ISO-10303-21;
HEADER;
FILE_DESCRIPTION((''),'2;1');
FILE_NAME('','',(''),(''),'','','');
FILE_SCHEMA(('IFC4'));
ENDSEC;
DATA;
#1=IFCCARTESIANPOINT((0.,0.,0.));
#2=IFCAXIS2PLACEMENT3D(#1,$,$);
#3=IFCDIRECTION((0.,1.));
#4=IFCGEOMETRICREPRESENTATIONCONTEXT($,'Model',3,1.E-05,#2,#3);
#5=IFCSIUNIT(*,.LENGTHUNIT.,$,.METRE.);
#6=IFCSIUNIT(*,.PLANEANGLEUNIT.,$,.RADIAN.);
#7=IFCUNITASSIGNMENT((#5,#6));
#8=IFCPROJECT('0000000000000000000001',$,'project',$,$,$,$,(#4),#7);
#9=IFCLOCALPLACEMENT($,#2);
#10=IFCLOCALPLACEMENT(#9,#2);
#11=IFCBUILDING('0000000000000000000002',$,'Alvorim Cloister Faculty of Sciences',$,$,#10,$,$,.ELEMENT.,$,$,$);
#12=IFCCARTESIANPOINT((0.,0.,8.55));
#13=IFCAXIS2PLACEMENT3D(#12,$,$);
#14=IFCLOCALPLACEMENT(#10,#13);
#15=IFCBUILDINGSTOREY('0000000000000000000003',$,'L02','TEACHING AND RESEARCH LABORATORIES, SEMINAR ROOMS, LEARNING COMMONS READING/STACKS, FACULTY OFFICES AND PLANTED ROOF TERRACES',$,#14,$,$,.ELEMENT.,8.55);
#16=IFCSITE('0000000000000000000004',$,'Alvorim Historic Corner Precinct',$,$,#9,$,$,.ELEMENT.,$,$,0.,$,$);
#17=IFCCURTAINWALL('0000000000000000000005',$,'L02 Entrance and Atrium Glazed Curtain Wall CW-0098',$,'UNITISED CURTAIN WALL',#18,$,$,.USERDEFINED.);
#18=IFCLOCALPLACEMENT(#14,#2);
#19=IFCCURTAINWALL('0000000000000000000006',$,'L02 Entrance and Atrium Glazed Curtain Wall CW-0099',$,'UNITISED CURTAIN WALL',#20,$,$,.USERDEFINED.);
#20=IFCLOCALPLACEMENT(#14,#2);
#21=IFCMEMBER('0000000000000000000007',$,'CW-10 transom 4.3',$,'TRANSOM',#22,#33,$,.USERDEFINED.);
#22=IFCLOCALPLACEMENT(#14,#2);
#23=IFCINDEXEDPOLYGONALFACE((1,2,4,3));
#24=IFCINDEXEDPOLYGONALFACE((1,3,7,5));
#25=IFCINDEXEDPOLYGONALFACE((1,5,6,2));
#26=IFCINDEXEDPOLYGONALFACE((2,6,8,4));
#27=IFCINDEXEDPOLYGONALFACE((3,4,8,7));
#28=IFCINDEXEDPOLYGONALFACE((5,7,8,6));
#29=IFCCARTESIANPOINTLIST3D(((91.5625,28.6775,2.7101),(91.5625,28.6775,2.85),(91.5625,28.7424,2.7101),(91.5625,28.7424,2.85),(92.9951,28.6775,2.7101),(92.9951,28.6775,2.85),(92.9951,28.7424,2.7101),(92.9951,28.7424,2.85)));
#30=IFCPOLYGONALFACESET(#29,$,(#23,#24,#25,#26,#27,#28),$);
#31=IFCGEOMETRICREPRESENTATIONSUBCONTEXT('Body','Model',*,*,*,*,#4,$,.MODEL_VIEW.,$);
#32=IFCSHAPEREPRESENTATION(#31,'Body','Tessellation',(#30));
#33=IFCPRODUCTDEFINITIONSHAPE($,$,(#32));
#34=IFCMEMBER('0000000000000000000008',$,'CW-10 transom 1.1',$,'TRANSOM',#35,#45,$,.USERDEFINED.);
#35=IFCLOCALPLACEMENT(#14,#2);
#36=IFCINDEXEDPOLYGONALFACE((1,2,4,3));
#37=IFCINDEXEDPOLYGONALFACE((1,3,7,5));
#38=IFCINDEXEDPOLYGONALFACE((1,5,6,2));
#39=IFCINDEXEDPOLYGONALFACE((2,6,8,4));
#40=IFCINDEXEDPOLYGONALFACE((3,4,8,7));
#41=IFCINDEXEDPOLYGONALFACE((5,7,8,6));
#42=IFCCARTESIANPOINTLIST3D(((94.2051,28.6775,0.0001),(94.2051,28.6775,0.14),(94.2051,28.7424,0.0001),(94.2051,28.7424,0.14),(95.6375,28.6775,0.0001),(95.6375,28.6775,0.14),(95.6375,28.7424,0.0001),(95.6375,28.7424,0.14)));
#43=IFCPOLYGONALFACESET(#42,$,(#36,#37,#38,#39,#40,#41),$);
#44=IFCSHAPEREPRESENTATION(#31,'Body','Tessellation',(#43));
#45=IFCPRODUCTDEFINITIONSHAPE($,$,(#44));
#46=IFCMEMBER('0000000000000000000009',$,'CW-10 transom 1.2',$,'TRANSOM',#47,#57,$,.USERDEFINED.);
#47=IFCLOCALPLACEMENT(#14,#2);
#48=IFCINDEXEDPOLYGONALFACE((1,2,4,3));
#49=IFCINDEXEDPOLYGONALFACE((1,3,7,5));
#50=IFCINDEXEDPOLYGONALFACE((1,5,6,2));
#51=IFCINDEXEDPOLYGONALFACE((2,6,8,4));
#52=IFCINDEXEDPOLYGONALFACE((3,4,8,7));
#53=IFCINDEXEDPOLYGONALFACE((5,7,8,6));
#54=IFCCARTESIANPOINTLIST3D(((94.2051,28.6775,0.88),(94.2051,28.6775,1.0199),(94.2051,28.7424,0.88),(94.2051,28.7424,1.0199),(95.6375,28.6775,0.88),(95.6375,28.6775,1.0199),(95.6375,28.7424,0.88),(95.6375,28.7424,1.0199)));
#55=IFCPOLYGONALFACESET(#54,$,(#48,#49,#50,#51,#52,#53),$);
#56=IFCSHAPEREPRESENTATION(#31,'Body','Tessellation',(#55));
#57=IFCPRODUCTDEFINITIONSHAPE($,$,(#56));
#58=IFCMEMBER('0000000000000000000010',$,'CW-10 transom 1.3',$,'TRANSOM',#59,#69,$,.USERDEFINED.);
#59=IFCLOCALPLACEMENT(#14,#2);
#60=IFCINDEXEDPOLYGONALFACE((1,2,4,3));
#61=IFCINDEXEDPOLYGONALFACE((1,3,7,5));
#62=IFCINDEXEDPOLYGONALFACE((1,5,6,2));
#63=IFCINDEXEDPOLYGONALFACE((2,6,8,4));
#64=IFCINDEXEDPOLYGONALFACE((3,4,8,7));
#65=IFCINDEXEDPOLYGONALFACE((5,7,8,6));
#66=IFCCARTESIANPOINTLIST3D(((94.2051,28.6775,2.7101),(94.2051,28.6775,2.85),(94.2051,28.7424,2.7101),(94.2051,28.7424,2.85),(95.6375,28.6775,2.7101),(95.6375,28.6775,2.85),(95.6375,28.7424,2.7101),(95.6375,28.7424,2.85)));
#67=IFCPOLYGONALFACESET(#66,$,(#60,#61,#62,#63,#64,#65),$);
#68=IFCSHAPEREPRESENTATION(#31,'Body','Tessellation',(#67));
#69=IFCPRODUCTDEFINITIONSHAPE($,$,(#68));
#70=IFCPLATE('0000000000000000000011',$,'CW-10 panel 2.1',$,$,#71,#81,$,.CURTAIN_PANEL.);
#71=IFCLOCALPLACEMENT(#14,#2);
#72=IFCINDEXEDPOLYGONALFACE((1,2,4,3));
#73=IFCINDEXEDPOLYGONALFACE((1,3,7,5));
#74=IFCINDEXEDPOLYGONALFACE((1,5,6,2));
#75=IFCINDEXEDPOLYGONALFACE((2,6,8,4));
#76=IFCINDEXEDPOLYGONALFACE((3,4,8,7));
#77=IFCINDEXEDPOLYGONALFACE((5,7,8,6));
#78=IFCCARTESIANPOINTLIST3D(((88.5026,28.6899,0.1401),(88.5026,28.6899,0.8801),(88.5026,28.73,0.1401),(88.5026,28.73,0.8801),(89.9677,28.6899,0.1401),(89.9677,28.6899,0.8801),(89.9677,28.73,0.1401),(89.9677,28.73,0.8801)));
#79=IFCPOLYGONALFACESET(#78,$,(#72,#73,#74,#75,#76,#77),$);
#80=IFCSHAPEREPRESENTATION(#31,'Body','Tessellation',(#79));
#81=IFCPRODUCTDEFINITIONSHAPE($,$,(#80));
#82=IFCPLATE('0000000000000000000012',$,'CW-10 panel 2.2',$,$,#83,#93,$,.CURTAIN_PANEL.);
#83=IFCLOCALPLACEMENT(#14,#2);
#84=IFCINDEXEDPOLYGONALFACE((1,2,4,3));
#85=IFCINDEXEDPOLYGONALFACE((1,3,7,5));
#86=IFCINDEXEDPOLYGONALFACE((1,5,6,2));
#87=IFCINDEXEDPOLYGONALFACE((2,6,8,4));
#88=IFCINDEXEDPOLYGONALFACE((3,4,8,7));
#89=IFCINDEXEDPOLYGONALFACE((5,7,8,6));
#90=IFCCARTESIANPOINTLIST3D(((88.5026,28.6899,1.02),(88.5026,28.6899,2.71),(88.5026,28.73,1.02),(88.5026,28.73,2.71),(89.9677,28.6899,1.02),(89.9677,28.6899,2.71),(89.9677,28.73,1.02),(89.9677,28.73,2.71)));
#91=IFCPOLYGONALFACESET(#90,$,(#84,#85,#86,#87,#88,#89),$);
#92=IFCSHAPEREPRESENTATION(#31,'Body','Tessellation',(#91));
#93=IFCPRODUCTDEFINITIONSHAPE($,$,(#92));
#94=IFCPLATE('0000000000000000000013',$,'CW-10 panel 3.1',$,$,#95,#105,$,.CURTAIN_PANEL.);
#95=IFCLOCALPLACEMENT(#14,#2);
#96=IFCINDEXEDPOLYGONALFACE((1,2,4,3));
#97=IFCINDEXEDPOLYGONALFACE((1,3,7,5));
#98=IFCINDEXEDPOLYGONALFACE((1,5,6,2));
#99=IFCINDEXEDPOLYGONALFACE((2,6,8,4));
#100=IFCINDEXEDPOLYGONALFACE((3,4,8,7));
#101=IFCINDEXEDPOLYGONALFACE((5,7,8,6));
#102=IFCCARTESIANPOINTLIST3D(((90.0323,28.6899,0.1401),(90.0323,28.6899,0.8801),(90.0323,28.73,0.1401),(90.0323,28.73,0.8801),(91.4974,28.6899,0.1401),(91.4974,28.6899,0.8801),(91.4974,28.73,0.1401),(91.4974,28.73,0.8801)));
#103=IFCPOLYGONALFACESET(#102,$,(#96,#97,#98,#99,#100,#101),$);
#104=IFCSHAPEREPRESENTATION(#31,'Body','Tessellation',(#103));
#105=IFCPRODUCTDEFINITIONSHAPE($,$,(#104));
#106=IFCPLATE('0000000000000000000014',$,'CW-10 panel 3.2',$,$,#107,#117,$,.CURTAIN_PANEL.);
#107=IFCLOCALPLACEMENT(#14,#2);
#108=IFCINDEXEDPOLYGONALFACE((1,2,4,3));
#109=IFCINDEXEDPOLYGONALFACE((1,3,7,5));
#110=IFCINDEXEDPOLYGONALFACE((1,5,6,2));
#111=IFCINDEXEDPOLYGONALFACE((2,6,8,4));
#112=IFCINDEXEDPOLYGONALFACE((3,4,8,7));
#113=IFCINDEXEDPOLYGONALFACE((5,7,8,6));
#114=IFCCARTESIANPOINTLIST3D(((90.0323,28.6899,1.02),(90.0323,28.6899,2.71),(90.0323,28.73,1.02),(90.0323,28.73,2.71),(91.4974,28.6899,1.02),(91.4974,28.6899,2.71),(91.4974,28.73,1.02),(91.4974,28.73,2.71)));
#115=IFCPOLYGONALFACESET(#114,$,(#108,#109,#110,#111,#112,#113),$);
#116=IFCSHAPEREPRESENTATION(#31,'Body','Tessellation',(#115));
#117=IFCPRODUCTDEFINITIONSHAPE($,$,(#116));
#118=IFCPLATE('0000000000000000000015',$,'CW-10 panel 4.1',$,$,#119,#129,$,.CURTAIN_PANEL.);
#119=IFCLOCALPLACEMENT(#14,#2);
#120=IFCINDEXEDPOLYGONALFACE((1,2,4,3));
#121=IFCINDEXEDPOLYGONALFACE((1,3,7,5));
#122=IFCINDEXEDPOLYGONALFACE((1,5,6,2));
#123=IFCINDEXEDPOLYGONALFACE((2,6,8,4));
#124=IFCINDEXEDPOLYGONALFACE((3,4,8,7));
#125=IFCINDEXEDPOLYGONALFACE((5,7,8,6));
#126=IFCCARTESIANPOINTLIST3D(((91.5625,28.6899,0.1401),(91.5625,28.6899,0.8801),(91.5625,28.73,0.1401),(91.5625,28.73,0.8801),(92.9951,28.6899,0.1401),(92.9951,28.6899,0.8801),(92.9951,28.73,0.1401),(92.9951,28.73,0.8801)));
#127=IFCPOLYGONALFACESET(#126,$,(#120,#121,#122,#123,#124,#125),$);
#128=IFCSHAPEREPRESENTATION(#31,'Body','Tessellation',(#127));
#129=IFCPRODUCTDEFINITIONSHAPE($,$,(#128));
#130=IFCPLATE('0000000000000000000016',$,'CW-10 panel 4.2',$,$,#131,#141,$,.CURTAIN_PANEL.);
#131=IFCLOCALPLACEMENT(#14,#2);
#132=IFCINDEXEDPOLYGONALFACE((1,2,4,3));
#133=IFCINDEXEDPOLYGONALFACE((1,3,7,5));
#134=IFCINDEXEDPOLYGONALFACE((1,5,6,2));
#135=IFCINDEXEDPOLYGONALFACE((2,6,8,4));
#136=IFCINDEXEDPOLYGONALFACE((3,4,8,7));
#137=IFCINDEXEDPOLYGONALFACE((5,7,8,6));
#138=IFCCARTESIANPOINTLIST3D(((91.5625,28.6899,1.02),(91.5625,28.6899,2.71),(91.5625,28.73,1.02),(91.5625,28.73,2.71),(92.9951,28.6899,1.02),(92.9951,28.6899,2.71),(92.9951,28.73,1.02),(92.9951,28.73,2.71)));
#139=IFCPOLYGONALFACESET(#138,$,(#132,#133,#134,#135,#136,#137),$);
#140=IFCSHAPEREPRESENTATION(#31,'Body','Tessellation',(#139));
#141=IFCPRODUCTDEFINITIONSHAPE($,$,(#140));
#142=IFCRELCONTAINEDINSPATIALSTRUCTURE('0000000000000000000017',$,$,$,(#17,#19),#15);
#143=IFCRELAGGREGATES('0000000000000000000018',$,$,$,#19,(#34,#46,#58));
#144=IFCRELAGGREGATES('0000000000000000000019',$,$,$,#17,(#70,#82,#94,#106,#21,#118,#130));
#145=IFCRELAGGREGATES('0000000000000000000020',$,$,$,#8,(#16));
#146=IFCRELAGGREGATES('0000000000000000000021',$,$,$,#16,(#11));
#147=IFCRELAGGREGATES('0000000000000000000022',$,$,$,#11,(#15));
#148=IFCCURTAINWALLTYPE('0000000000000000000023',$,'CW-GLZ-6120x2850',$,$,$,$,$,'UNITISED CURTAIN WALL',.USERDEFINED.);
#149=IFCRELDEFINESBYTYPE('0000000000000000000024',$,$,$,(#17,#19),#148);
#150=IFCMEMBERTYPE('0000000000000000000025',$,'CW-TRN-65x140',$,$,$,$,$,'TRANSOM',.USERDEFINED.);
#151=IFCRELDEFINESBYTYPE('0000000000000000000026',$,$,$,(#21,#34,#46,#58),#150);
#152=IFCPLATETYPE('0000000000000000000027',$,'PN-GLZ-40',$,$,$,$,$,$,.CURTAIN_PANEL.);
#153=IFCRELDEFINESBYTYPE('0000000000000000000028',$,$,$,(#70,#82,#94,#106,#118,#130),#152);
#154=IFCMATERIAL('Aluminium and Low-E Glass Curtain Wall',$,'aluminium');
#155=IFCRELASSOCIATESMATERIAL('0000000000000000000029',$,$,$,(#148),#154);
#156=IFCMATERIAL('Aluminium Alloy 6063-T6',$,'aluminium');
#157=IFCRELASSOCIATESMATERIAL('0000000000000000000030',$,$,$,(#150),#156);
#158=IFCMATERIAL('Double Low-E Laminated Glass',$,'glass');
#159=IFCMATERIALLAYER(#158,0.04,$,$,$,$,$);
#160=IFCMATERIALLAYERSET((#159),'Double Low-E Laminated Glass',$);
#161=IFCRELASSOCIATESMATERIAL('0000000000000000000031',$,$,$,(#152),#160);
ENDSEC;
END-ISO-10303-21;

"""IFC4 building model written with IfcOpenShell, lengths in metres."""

from ifc_helpers import new_model, si_unit, direction, frame, origin, origin_2d, place, context, subcontext, project, spatial, rectangle, extrude, material, layer, layer_set, material_profile, profile_set, type_object, element, aggregate, save


model = new_model("IFC4")

# Units and contexts
model_context = context("Model", 3, precision=1e-05, world=origin(), true_north=direction((0.0, 1.0)))
body_context = subcontext(model_context, "Body", "Model", "MODEL_VIEW")
ifc_project = project(units=[si_unit("LENGTHUNIT", "METRE"), si_unit("PLANEANGLEUNIT", "RADIAN")], contexts=[model_context])

# Site, building, storey
site_placement = place(None, origin())
site = spatial("IfcSite", under=ifc_project, at=site_placement, Name="Alvorim Historic Corner Precinct", CompositionType="ELEMENT", RefElevation=0.0)
building_placement = place(site_placement, origin())
building = spatial("IfcBuilding", under=site, at=building_placement, Name="Alvorim Cloister Faculty of Sciences", CompositionType="ELEMENT")
storey_placement = place(building_placement, frame((0.0, 0.0, 8.55)))
storey = spatial("IfcBuildingStorey", under=building, at=storey_placement, Name="L02", Description="TEACHING AND RESEARCH LABORATORIES, SEMINAR ROOMS, LEARNING COMMONS READING/STACKS, FACULTY OFFICES AND PLANTED ROOF TERRACES", CompositionType="ELEMENT", Elevation=8.55)

# Curtain wall
ifc_material_1 = material(Name="Aluminium and Low-E Glass Curtain Wall", Category="aluminium")
curtain_wall_type = type_object("IfcCurtainWallType", Name="CW-GLZ-6120x2850", ElementType="UNITISED CURTAIN WALL", PredefinedType="USERDEFINED", material=ifc_material_1)
curtain_wall_1_placement = place(storey_placement, origin())
curtain_wall_1 = element("IfcCurtainWall", 1, at=curtain_wall_1_placement, inside=storey, type_object=curtain_wall_type, Name="L02 Entrance and Atrium Glazed Curtain Wall CW-0098", ObjectType="UNITISED CURTAIN WALL", PredefinedType="USERDEFINED")
ifc_material_2 = material(Name="Aluminium Alloy 6063-T6", Category="aluminium")

# Curtain wall
curtain_wall_2_placement = place(storey_placement, origin())
curtain_wall_2 = element("IfcCurtainWall", 2, at=curtain_wall_2_placement, inside=storey, type_object=curtain_wall_type, Name="L02 Entrance and Atrium Glazed Curtain Wall CW-0099", ObjectType="UNITISED CURTAIN WALL", PredefinedType="USERDEFINED")

# Members
ifc_material_profile_1 = material_profile(ifc_material_2, rectangle(XDim=0.0649, YDim=0.1399, at=origin_2d()), Name="ALU-TRN-65x140")
ifc_profile_set_1 = profile_set([ifc_material_profile_1], Name="Aluminium Alloy 6063-T6")
member_type_1 = type_object("IfcMemberType", Name="CW-TRN-65x140", ElementType="TRANSOM", PredefinedType="USERDEFINED", material=ifc_profile_set_1)
member_1_placement = place(storey_placement, frame((91.5625, 28.71, 2.78), z_axis=(1.0, 0.0, 0.0), x_axis=(0.0, 1.0, 0.0)))
member_1 = element("IfcMember", 3, at=member_1_placement, type_object=member_type_1, Name="CW-10 transom 4.3", ObjectType="TRANSOM", PredefinedType="USERDEFINED", context=body_context, shape_type="SweptSolid", body=[
    extrude(rectangle(XDim=0.0649, YDim=0.1399, at=origin_2d()), origin(), (0.0, 0.0, 1.0), 1.4326),
])
member_2_placement = place(storey_placement, frame((94.2051, 28.71, 0.0701), z_axis=(1.0, 0.0, 0.0), x_axis=(0.0, 1.0, 0.0)))
member_2 = element("IfcMember", 4, at=member_2_placement, type_object=member_type_1, Name="CW-10 transom 1.1", ObjectType="TRANSOM", PredefinedType="USERDEFINED", context=body_context, shape_type="SweptSolid", body=[
    extrude(rectangle(XDim=0.0649, YDim=0.1399, at=origin_2d()), origin(), (0.0, 0.0, 1.0), 1.4324),
])
member_3_placement = place(storey_placement, frame((94.2051, 28.71, 0.95), z_axis=(1.0, 0.0, 0.0), x_axis=(0.0, 1.0, 0.0)))
member_3 = element("IfcMember", 5, at=member_3_placement, type_object=member_type_1, Name="CW-10 transom 1.2", ObjectType="TRANSOM", PredefinedType="USERDEFINED", context=body_context, shape_type="SweptSolid", body=[
    extrude(rectangle(XDim=0.0649, YDim=0.1399, at=origin_2d()), origin(), (0.0, 0.0, 1.0), 1.4324),
])
member_4_placement = place(storey_placement, frame((94.2051, 28.71, 2.78), z_axis=(1.0, 0.0, 0.0), x_axis=(0.0, 1.0, 0.0)))
member_4 = element("IfcMember", 6, at=member_4_placement, type_object=member_type_1, Name="CW-10 transom 1.3", ObjectType="TRANSOM", PredefinedType="USERDEFINED", context=body_context, shape_type="SweptSolid", body=[
    extrude(rectangle(XDim=0.0649, YDim=0.1399, at=origin_2d()), origin(), (0.0, 0.0, 1.0), 1.4324),
])
aggregate(curtain_wall_2, [member_2, member_3, member_4])

# Plates
ifc_material_3 = material(Name="Double Low-E Laminated Glass", Category="glass")
ifc_layer = layer(ifc_material_3, 0.04)
ifc_layer_set = layer_set([ifc_layer], Name="Double Low-E Laminated Glass")
plate_type = type_object("IfcPlateType", Name="PN-GLZ-40", PredefinedType="CURTAIN_PANEL", material=ifc_layer_set)
plate_1_placement = place(storey_placement, frame((89.2351, 28.71, 0.1401), z_axis=(0.0, 0.0, 1.0), x_axis=(1.0, 0.0, 0.0)))
plate_1 = element("IfcPlate", 7, at=plate_1_placement, type_object=plate_type, Name="CW-10 panel 2.1", PredefinedType="CURTAIN_PANEL", context=body_context, shape_type="SweptSolid", body=[
    extrude(rectangle(XDim=1.4651, YDim=0.04, at=origin_2d()), origin(), (0.0, 0.0, 1.0), 0.74),
])
plate_2_placement = place(storey_placement, frame((89.2351, 28.71, 1.02), z_axis=(0.0, 0.0, 1.0), x_axis=(1.0, 0.0, 0.0)))
plate_2 = element("IfcPlate", 8, at=plate_2_placement, type_object=plate_type, Name="CW-10 panel 2.2", PredefinedType="CURTAIN_PANEL", context=body_context, shape_type="SweptSolid", body=[
    extrude(rectangle(XDim=1.4651, YDim=0.04, at=origin_2d()), origin(), (0.0, 0.0, 1.0), 1.6899),
])
plate_3_placement = place(storey_placement, frame((90.7649, 28.71, 0.1401), z_axis=(0.0, 0.0, 1.0), x_axis=(1.0, 0.0, 0.0)))
plate_3 = element("IfcPlate", 9, at=plate_3_placement, type_object=plate_type, Name="CW-10 panel 3.1", PredefinedType="CURTAIN_PANEL", context=body_context, shape_type="SweptSolid", body=[
    extrude(rectangle(XDim=1.4651, YDim=0.04, at=origin_2d()), origin(), (0.0, 0.0, 1.0), 0.74),
])
plate_4_placement = place(storey_placement, frame((90.7649, 28.71, 1.02), z_axis=(0.0, 0.0, 1.0), x_axis=(1.0, 0.0, 0.0)))
plate_4 = element("IfcPlate", 10, at=plate_4_placement, type_object=plate_type, Name="CW-10 panel 3.2", PredefinedType="CURTAIN_PANEL", context=body_context, shape_type="SweptSolid", body=[
    extrude(rectangle(XDim=1.4651, YDim=0.04, at=origin_2d()), origin(), (0.0, 0.0, 1.0), 1.6899),
])
plate_5_placement = place(storey_placement, frame((92.2788, 28.71, 0.1401), z_axis=(0.0, 0.0, 1.0), x_axis=(1.0, 0.0, 0.0)))
plate_5 = element("IfcPlate", 11, at=plate_5_placement, type_object=plate_type, Name="CW-10 panel 4.1", PredefinedType="CURTAIN_PANEL", context=body_context, shape_type="SweptSolid", body=[
    extrude(rectangle(XDim=1.4326, YDim=0.04, at=origin_2d()), origin(), (0.0, 0.0, 1.0), 0.74),
])
plate_6_placement = place(storey_placement, frame((92.2788, 28.71, 1.02), z_axis=(0.0, 0.0, 1.0), x_axis=(1.0, 0.0, 0.0)))
plate_6 = element("IfcPlate", 12, at=plate_6_placement, type_object=plate_type, Name="CW-10 panel 4.2", PredefinedType="CURTAIN_PANEL", context=body_context, shape_type="SweptSolid", body=[
    extrude(rectangle(XDim=1.4326, YDim=0.04, at=origin_2d()), origin(), (0.0, 0.0, 1.0), 1.6899),
])
aggregate(curtain_wall_1, [plate_1, plate_2, plate_3, plate_4, member_1, plate_5, plate_6])

save(model, "model.ifc")
